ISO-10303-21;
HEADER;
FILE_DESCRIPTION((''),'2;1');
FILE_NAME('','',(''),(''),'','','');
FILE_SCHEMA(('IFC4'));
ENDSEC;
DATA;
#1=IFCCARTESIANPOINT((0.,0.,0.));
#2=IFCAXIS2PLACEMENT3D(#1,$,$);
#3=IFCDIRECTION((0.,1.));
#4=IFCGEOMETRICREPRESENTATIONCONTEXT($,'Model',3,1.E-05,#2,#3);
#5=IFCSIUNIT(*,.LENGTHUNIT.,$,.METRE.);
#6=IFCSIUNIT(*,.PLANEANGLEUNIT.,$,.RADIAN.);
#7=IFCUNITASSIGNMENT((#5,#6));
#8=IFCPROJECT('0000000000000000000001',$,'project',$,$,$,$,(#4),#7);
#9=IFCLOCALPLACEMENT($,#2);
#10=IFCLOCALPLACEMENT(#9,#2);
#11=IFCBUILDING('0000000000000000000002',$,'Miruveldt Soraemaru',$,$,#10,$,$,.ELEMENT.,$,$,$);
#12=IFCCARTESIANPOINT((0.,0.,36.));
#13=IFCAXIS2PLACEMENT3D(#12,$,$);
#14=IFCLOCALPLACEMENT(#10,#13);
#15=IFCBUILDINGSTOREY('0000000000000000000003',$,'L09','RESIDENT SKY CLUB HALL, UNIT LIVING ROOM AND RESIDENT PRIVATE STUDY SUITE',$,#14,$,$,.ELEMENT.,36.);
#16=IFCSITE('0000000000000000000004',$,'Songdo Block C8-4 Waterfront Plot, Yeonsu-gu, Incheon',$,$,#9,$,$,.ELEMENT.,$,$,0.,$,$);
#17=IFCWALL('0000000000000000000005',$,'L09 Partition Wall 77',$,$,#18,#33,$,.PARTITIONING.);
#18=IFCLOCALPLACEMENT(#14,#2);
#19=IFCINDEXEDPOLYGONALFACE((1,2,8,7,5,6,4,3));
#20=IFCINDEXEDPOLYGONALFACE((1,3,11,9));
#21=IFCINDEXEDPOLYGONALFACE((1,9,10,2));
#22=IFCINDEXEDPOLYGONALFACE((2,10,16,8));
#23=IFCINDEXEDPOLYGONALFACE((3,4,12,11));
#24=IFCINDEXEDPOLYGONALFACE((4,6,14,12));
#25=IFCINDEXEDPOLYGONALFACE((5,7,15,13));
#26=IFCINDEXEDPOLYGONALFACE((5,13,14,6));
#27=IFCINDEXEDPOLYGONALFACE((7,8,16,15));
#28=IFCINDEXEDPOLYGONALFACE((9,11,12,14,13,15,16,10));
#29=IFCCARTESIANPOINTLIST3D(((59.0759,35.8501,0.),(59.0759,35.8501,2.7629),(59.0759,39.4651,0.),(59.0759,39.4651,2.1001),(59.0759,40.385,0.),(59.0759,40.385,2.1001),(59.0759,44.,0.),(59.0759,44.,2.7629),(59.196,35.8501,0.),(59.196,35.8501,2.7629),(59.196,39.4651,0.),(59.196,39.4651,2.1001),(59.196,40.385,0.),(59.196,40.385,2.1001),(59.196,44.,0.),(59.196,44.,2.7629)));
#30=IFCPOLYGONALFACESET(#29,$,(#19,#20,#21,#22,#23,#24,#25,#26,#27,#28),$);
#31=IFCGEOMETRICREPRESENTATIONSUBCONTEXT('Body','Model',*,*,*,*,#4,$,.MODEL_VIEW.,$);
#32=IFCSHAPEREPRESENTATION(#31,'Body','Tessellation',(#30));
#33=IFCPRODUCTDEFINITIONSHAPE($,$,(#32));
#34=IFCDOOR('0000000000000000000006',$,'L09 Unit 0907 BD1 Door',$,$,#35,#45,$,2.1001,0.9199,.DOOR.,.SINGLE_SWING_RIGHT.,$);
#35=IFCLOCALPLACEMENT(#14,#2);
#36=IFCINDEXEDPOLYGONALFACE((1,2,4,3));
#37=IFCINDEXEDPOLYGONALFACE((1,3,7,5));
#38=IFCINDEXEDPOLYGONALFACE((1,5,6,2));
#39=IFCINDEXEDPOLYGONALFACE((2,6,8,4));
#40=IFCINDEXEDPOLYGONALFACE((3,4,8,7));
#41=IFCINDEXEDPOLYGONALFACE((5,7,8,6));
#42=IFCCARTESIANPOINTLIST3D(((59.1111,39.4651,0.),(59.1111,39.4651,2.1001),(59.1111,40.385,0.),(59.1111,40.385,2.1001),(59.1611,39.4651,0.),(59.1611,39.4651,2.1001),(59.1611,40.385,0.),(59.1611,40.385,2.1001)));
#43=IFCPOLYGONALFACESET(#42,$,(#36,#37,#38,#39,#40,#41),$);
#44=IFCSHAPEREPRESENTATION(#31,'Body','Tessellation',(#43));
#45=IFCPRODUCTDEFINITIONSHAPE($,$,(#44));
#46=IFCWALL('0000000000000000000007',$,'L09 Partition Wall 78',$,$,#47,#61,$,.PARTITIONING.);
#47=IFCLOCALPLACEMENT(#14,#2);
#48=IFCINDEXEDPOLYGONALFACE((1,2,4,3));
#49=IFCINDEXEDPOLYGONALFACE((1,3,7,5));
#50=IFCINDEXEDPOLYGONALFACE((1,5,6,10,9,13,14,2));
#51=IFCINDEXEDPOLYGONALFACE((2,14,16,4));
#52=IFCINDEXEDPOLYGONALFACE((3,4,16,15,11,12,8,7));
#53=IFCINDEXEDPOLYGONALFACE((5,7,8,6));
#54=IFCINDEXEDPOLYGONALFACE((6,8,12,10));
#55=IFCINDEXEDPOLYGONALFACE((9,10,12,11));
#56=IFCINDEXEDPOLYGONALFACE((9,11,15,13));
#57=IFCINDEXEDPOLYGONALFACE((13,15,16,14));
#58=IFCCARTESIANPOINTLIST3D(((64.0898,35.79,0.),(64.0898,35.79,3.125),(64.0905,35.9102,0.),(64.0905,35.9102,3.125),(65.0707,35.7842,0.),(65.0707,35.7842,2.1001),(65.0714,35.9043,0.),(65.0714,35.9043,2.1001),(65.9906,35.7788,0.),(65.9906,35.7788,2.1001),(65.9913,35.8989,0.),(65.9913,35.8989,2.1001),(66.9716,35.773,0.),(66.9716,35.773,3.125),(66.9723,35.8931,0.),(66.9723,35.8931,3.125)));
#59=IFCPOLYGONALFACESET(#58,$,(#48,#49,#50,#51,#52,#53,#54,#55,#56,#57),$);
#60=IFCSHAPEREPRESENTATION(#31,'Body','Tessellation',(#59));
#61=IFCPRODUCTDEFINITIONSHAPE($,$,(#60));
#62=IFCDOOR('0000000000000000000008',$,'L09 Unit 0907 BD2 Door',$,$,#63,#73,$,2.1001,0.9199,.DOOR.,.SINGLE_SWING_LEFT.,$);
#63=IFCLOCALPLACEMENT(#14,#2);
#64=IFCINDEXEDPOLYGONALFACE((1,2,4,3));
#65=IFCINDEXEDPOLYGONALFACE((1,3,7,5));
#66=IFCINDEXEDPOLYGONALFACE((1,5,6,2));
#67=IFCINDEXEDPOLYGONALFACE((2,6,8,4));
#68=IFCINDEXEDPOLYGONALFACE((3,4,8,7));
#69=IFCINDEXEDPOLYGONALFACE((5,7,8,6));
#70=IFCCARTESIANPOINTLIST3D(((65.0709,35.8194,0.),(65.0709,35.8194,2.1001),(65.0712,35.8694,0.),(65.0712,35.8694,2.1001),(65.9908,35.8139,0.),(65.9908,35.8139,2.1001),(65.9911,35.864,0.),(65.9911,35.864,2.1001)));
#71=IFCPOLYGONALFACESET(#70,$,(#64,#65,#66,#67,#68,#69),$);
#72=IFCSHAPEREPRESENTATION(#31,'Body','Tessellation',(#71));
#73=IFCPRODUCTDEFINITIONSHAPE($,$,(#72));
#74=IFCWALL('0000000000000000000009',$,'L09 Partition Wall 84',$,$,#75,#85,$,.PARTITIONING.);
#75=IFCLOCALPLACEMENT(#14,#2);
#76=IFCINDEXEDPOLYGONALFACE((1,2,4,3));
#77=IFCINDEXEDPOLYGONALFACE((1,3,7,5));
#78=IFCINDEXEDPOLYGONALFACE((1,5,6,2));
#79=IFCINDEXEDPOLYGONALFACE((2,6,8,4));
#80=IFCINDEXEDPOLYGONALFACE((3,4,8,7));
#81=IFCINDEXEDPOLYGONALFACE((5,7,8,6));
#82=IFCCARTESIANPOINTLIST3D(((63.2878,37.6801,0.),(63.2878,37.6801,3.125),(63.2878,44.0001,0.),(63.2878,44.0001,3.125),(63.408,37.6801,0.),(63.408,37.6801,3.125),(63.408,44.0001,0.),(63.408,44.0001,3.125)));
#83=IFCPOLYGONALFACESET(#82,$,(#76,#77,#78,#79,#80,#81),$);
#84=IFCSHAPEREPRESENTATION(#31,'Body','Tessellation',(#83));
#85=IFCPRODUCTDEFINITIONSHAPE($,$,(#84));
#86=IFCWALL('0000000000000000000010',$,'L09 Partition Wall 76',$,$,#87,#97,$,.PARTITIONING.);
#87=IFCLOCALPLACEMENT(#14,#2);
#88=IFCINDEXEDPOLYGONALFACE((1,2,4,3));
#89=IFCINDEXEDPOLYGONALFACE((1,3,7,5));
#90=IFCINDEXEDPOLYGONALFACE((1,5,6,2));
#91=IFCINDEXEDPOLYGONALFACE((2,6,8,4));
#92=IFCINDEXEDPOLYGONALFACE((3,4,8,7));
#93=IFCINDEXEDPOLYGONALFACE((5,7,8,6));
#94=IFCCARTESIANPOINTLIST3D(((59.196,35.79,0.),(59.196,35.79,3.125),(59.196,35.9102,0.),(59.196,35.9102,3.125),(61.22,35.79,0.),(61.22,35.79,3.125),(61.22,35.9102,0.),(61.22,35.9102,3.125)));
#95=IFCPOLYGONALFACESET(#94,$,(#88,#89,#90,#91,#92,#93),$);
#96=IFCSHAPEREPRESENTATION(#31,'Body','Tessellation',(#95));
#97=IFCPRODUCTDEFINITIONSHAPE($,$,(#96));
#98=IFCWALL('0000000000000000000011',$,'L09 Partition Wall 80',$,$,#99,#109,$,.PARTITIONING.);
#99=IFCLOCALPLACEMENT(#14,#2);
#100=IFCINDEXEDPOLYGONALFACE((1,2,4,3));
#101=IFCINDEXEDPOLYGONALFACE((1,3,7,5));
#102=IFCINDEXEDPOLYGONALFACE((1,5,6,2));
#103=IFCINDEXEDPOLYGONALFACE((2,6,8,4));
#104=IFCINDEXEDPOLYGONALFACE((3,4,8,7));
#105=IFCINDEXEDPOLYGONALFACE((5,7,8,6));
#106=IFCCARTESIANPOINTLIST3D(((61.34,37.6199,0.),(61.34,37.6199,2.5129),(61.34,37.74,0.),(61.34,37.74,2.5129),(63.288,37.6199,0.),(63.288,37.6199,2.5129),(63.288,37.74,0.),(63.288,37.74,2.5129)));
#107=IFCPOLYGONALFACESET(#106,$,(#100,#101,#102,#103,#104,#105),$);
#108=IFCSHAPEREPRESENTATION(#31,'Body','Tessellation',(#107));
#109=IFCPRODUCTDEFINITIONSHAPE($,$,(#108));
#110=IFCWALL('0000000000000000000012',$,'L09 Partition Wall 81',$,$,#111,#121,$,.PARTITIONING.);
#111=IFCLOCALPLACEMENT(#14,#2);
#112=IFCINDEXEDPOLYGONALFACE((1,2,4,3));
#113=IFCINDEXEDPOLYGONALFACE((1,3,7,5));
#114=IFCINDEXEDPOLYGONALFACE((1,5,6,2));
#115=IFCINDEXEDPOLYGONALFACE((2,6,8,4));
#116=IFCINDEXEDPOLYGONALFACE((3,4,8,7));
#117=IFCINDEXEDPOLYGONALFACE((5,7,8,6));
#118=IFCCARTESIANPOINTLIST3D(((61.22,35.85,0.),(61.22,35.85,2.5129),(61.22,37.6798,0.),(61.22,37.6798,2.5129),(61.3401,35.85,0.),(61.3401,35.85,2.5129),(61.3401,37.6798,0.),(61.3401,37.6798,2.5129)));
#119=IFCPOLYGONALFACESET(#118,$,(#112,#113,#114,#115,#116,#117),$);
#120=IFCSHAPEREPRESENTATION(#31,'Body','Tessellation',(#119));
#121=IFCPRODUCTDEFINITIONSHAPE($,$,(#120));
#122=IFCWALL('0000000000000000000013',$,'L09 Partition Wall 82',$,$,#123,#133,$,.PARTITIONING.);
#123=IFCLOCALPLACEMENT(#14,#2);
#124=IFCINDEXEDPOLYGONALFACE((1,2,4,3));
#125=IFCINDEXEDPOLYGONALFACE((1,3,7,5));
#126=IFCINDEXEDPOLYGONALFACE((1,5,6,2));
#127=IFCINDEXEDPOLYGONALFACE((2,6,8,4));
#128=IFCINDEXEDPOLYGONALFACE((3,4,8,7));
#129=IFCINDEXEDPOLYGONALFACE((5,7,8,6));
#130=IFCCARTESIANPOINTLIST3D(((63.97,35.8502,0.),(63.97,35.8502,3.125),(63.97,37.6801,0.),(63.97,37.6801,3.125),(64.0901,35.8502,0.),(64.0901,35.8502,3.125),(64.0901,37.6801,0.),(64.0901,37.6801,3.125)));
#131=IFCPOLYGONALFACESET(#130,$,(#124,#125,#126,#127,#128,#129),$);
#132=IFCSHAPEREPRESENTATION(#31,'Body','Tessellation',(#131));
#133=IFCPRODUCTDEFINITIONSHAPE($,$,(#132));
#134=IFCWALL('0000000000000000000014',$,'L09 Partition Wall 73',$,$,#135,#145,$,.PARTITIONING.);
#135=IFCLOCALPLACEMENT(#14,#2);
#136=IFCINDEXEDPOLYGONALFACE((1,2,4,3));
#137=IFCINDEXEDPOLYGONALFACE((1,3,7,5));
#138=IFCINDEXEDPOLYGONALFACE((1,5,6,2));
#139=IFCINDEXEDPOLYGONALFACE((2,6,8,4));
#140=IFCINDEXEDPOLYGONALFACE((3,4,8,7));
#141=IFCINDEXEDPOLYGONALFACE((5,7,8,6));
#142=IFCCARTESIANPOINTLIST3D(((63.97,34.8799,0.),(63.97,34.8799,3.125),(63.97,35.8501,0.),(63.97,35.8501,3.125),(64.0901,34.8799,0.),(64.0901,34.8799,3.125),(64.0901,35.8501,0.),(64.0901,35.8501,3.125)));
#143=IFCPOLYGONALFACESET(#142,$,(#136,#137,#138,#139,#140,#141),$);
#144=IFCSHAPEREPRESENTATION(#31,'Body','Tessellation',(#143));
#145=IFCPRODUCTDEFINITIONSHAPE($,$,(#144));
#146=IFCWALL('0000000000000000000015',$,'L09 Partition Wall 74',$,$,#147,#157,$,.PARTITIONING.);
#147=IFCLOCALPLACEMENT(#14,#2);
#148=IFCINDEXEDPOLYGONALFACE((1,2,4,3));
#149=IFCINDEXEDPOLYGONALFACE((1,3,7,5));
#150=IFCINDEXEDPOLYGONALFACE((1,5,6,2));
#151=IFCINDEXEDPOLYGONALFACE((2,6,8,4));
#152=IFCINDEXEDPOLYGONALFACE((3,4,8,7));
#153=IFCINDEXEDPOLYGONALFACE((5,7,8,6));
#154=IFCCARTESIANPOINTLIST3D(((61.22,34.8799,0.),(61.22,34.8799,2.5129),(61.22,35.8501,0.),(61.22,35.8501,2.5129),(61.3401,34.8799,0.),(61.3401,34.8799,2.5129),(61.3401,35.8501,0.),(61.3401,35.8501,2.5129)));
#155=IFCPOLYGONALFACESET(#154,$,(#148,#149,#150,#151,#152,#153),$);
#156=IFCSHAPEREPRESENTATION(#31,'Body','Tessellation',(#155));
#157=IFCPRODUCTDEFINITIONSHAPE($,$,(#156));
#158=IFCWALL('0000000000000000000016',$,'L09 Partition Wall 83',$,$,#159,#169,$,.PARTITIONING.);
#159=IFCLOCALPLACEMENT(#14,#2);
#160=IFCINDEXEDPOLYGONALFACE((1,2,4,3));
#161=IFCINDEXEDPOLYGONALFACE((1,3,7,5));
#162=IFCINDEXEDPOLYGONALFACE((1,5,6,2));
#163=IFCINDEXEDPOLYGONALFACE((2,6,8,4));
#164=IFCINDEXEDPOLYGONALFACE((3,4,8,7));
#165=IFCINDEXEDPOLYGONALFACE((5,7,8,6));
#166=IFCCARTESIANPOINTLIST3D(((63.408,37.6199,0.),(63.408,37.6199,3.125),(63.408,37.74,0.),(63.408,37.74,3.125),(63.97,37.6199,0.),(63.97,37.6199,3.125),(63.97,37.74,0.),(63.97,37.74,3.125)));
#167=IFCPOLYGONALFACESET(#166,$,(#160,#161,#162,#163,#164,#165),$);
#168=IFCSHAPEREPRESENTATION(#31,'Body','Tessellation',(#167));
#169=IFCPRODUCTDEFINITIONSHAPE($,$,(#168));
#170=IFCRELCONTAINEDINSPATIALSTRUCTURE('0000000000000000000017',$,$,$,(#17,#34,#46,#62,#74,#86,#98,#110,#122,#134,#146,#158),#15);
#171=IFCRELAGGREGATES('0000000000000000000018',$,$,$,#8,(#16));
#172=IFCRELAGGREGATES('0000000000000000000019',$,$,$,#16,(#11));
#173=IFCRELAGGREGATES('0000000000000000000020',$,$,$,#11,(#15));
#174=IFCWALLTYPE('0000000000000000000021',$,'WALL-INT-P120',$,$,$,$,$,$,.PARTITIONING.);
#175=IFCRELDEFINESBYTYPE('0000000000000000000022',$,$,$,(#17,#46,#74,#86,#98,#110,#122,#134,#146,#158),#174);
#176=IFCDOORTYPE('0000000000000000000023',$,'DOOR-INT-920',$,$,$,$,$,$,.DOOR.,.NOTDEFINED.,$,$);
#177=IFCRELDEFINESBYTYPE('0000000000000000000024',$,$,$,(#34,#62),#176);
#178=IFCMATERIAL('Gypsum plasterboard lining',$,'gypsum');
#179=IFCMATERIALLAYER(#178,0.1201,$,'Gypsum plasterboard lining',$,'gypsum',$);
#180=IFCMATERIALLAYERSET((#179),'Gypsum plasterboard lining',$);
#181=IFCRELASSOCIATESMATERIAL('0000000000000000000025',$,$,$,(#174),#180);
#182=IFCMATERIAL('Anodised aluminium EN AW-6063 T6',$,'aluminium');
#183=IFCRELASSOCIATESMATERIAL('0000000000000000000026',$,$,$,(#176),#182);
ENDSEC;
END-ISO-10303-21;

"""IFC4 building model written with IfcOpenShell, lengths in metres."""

from ifc_helpers import new_model, si_unit, direction, frame, frame_2d, origin, place, context, subcontext, project, spatial, rectangle, extrude, material, layer, layer_set, type_object, element, fill, save


model = new_model("IFC4")

# Units and contexts
model_context = context("Model", 3, precision=1e-05, world=origin(), true_north=direction((0.0, 1.0)))
body_context = subcontext(model_context, "Body", "Model", "MODEL_VIEW")
ifc_project = project(units=[si_unit("LENGTHUNIT", "METRE"), si_unit("PLANEANGLEUNIT", "RADIAN")], contexts=[model_context])

# Site, building, storey
site_placement = place(None, origin())
site = spatial("IfcSite", under=ifc_project, at=site_placement, Name="Songdo Block C8-4 Waterfront Plot, Yeonsu-gu, Incheon", CompositionType="ELEMENT", RefElevation=0.0)
building_placement = place(site_placement, origin())
building = spatial("IfcBuilding", under=site, at=building_placement, Name="Miruveldt Soraemaru", CompositionType="ELEMENT")
storey_placement = place(building_placement, frame((0.0, 0.0, 36.0)))
storey = spatial("IfcBuildingStorey", under=building, at=storey_placement, Name="L09", Description="RESIDENT SKY CLUB HALL, UNIT LIVING ROOM AND RESIDENT PRIVATE STUDY SUITE", CompositionType="ELEMENT", Elevation=36.0)

# Shared definitions
ifc_material_1 = material(Name="Anodised aluminium EN AW-6063 T6", Category="aluminium")

# Walls, openings, doors
ifc_material_2 = material(Name="Gypsum plasterboard lining", Category="gypsum")
ifc_layer_1 = layer(ifc_material_2, 0.1201, Name="Gypsum plasterboard lining", Category="gypsum")
ifc_layer_set_1 = layer_set([ifc_layer_1], Name="Gypsum plasterboard lining")
wall_type_1 = type_object("IfcWallType", Name="WALL-INT-P120", PredefinedType="PARTITIONING", material=ifc_layer_set_1)
wall_1_placement = place(storey_placement, frame((59.136, 35.8501, 0.0), z_axis=(0.0, 0.0, 1.0), x_axis=(0.0, 1.0, 0.0)))
wall_1 = element("IfcWall", 1, at=wall_1_placement, inside=storey, type_object=wall_type_1, Name="L09 Partition Wall 77", PredefinedType="PARTITIONING", context=body_context, shape_type="SweptSolid", body=[
    extrude(rectangle(XDim=8.1499, YDim=0.1201, at=frame_2d((4.075, 0.0))), origin(), (0.0, 0.0, 1.0), 2.7629),
])
opening_1_placement = place(wall_1_placement, frame((3.615, 0.0, 0.0)))
opening_1 = element("IfcOpeningElement", 2, at=opening_1_placement, cuts=wall_1, PredefinedType="OPENING", context=body_context, shape_type="SweptSolid", body=[
    extrude(rectangle(XDim=0.9199, YDim=2.1001, at=frame_2d((0.46, 1.05))), frame((0.0, 0.0701, 0.0), z_axis=(0.0, -1.0, 0.0), x_axis=(1.0, 0.0, 0.0)), (0.0, 0.0, 1.0), 0.1401),
])
door_type_1 = type_object("IfcDoorType", Name="DOOR-INT-920", OperationType="NOTDEFINED", PredefinedType="DOOR", material=ifc_material_1)
door_1_placement = place(opening_1_placement, origin())
door_1 = element("IfcDoor", 3, at=door_1_placement, inside=storey, type_object=door_type_1, Name="L09 Unit 0907 BD1 Door", OperationType="SINGLE_SWING_RIGHT", OverallHeight=2.1001, OverallWidth=0.9199, PredefinedType="DOOR", context=body_context, shape_type="SweptSolid", body=[
    extrude(rectangle(XDim=0.9199, YDim=2.1001, at=frame_2d((0.46, 1.05))), frame((0.0, 0.0249, 0.0), z_axis=(0.0, -1.0, 0.0), x_axis=(1.0, 0.0, 0.0)), (0.0, 0.0, 1.0), 0.05),
])
fill(opening_1, door_1)
wall_2_placement = place(storey_placement, frame((66.9719, 35.833, 0.0), z_axis=(0.0, 0.0, 1.0), x_axis=(-0.999982, 0.00593, 0.0)))
wall_2 = element("IfcWall", 4, at=wall_2_placement, inside=storey, type_object=wall_type_1, Name="L09 Partition Wall 78", PredefinedType="PARTITIONING", context=body_context, shape_type="SweptSolid", body=[
    extrude(rectangle(XDim=2.8818, YDim=0.1201, at=frame_2d((1.4409, 0.0))), origin(), (0.0, 0.0, 1.0), 3.125),
])
opening_2_placement = place(wall_2_placement, frame((0.981, 0.0, 0.0)))
opening_2 = element("IfcOpeningElement", 5, at=opening_2_placement, cuts=wall_2, PredefinedType="OPENING", context=body_context, shape_type="SweptSolid", body=[
    extrude(rectangle(XDim=0.9199, YDim=2.1001, at=frame_2d((0.46, 1.05))), frame((0.0, 0.0701, 0.0), z_axis=(0.0, -1.0, 0.0), x_axis=(1.0, 0.0, 0.0)), (0.0, 0.0, 1.0), 0.1401),
])
door_2_placement = place(opening_2_placement, origin())
door_2 = element("IfcDoor", 6, at=door_2_placement, inside=storey, type_object=door_type_1, Name="L09 Unit 0907 BD2 Door", OperationType="SINGLE_SWING_LEFT", OverallHeight=2.1001, OverallWidth=0.9199, PredefinedType="DOOR", context=body_context, shape_type="SweptSolid", body=[
    extrude(rectangle(XDim=0.9199, YDim=2.1001, at=frame_2d((0.46, 1.05))), frame((0.0, 0.0249, 0.0), z_axis=(0.0, -1.0, 0.0), x_axis=(1.0, 0.0, 0.0)), (0.0, 0.0, 1.0), 0.05),
])
fill(opening_2, door_2)

# Walls
wall_3_placement = place(storey_placement, frame((63.3479, 37.6799, 0.0), z_axis=(0.0, 0.0, 1.0), x_axis=(0.0, 1.0, 0.0)))
element("IfcWall", 7, at=wall_3_placement, inside=storey, type_object=wall_type_1, Name="L09 Partition Wall 84", PredefinedType="PARTITIONING", context=body_context, shape_type="SweptSolid", body=[
    extrude(rectangle(XDim=6.3201, YDim=0.1201, at=frame_2d((3.1602, 0.0))), origin(), (0.0, 0.0, 1.0), 3.125),
])
wall_4_placement = place(storey_placement, frame((61.22, 35.8501, 0.0), z_axis=(0.0, 0.0, 1.0), x_axis=(-1.0, 0.0, 0.0)))
element("IfcWall", 8, at=wall_4_placement, inside=storey, type_object=wall_type_1, Name="L09 Partition Wall 76", PredefinedType="PARTITIONING", context=body_context, shape_type="SweptSolid", body=[
    extrude(rectangle(XDim=2.0239, YDim=0.1201, at=frame_2d((1.012, 0.0))), origin(), (0.0, 0.0, 1.0), 3.125),
])
wall_5_placement = place(storey_placement, frame((63.2881, 37.6799, 0.0), z_axis=(0.0, 0.0, 1.0), x_axis=(-1.0, 0.0, 0.0)))
element("IfcWall", 9, at=wall_5_placement, inside=storey, type_object=wall_type_1, Name="L09 Partition Wall 80", PredefinedType="PARTITIONING", context=body_context, shape_type="SweptSolid", body=[
    extrude(rectangle(XDim=1.948, YDim=0.1201, at=frame_2d((0.9741, 0.0))), origin(), (0.0, 0.0, 1.0), 2.5129),
])
wall_6_placement = place(storey_placement, frame((61.28, 37.6799, 0.0), z_axis=(0.0, 0.0, 1.0), x_axis=(0.0, -1.0, 0.0)))
element("IfcWall", 10, at=wall_6_placement, inside=storey, type_object=wall_type_1, Name="L09 Partition Wall 81", PredefinedType="PARTITIONING", context=body_context, shape_type="SweptSolid", body=[
    extrude(rectangle(XDim=1.8298, YDim=0.1201, at=frame_2d((0.915, 0.0))), origin(), (0.0, 0.0, 1.0), 2.5129),
])
wall_7_placement = place(storey_placement, frame((64.03, 35.8501, 0.0), z_axis=(0.0, 0.0, 1.0), x_axis=(0.0, 1.0, 0.0)))
element("IfcWall", 11, at=wall_7_placement, inside=storey, type_object=wall_type_1, Name="L09 Partition Wall 82", PredefinedType="PARTITIONING", context=body_context, shape_type="SweptSolid", body=[
    extrude(rectangle(XDim=1.8298, YDim=0.1201, at=frame_2d((0.915, 0.0))), origin(), (0.0, 0.0, 1.0), 3.125),
])
wall_8_placement = place(storey_placement, frame((64.03, 34.8799, 0.0), z_axis=(0.0, 0.0, 1.0), x_axis=(0.0, 1.0, 0.0)))
element("IfcWall", 12, at=wall_8_placement, inside=storey, type_object=wall_type_1, Name="L09 Partition Wall 73", PredefinedType="PARTITIONING", context=body_context, shape_type="SweptSolid", body=[
    extrude(rectangle(XDim=0.9702, YDim=0.1201, at=frame_2d((0.4851, 0.0))), origin(), (0.0, 0.0, 1.0), 3.125),
])
wall_9_placement = place(storey_placement, frame((61.28, 35.8501, 0.0), z_axis=(0.0, 0.0, 1.0), x_axis=(0.0, -1.0, 0.0)))
element("IfcWall", 13, at=wall_9_placement, inside=storey, type_object=wall_type_1, Name="L09 Partition Wall 74", PredefinedType="PARTITIONING", context=body_context, shape_type="SweptSolid", body=[
    extrude(rectangle(XDim=0.9702, YDim=0.1201, at=frame_2d((0.4851, 0.0))), origin(), (0.0, 0.0, 1.0), 2.5129),
])
wall_10_placement = place(storey_placement, frame((63.97, 37.6799, 0.0), z_axis=(0.0, 0.0, 1.0), x_axis=(-1.0, 0.0, 0.0)))
element("IfcWall", 14, at=wall_10_placement, inside=storey, type_object=wall_type_1, Name="L09 Partition Wall 83", PredefinedType="PARTITIONING", context=body_context, shape_type="SweptSolid", body=[
    extrude(rectangle(XDim=0.562, YDim=0.1201, at=frame_2d((0.281, 0.0))), origin(), (0.0, 0.0, 1.0), 3.125),
])

save(model, "model.ifc")
